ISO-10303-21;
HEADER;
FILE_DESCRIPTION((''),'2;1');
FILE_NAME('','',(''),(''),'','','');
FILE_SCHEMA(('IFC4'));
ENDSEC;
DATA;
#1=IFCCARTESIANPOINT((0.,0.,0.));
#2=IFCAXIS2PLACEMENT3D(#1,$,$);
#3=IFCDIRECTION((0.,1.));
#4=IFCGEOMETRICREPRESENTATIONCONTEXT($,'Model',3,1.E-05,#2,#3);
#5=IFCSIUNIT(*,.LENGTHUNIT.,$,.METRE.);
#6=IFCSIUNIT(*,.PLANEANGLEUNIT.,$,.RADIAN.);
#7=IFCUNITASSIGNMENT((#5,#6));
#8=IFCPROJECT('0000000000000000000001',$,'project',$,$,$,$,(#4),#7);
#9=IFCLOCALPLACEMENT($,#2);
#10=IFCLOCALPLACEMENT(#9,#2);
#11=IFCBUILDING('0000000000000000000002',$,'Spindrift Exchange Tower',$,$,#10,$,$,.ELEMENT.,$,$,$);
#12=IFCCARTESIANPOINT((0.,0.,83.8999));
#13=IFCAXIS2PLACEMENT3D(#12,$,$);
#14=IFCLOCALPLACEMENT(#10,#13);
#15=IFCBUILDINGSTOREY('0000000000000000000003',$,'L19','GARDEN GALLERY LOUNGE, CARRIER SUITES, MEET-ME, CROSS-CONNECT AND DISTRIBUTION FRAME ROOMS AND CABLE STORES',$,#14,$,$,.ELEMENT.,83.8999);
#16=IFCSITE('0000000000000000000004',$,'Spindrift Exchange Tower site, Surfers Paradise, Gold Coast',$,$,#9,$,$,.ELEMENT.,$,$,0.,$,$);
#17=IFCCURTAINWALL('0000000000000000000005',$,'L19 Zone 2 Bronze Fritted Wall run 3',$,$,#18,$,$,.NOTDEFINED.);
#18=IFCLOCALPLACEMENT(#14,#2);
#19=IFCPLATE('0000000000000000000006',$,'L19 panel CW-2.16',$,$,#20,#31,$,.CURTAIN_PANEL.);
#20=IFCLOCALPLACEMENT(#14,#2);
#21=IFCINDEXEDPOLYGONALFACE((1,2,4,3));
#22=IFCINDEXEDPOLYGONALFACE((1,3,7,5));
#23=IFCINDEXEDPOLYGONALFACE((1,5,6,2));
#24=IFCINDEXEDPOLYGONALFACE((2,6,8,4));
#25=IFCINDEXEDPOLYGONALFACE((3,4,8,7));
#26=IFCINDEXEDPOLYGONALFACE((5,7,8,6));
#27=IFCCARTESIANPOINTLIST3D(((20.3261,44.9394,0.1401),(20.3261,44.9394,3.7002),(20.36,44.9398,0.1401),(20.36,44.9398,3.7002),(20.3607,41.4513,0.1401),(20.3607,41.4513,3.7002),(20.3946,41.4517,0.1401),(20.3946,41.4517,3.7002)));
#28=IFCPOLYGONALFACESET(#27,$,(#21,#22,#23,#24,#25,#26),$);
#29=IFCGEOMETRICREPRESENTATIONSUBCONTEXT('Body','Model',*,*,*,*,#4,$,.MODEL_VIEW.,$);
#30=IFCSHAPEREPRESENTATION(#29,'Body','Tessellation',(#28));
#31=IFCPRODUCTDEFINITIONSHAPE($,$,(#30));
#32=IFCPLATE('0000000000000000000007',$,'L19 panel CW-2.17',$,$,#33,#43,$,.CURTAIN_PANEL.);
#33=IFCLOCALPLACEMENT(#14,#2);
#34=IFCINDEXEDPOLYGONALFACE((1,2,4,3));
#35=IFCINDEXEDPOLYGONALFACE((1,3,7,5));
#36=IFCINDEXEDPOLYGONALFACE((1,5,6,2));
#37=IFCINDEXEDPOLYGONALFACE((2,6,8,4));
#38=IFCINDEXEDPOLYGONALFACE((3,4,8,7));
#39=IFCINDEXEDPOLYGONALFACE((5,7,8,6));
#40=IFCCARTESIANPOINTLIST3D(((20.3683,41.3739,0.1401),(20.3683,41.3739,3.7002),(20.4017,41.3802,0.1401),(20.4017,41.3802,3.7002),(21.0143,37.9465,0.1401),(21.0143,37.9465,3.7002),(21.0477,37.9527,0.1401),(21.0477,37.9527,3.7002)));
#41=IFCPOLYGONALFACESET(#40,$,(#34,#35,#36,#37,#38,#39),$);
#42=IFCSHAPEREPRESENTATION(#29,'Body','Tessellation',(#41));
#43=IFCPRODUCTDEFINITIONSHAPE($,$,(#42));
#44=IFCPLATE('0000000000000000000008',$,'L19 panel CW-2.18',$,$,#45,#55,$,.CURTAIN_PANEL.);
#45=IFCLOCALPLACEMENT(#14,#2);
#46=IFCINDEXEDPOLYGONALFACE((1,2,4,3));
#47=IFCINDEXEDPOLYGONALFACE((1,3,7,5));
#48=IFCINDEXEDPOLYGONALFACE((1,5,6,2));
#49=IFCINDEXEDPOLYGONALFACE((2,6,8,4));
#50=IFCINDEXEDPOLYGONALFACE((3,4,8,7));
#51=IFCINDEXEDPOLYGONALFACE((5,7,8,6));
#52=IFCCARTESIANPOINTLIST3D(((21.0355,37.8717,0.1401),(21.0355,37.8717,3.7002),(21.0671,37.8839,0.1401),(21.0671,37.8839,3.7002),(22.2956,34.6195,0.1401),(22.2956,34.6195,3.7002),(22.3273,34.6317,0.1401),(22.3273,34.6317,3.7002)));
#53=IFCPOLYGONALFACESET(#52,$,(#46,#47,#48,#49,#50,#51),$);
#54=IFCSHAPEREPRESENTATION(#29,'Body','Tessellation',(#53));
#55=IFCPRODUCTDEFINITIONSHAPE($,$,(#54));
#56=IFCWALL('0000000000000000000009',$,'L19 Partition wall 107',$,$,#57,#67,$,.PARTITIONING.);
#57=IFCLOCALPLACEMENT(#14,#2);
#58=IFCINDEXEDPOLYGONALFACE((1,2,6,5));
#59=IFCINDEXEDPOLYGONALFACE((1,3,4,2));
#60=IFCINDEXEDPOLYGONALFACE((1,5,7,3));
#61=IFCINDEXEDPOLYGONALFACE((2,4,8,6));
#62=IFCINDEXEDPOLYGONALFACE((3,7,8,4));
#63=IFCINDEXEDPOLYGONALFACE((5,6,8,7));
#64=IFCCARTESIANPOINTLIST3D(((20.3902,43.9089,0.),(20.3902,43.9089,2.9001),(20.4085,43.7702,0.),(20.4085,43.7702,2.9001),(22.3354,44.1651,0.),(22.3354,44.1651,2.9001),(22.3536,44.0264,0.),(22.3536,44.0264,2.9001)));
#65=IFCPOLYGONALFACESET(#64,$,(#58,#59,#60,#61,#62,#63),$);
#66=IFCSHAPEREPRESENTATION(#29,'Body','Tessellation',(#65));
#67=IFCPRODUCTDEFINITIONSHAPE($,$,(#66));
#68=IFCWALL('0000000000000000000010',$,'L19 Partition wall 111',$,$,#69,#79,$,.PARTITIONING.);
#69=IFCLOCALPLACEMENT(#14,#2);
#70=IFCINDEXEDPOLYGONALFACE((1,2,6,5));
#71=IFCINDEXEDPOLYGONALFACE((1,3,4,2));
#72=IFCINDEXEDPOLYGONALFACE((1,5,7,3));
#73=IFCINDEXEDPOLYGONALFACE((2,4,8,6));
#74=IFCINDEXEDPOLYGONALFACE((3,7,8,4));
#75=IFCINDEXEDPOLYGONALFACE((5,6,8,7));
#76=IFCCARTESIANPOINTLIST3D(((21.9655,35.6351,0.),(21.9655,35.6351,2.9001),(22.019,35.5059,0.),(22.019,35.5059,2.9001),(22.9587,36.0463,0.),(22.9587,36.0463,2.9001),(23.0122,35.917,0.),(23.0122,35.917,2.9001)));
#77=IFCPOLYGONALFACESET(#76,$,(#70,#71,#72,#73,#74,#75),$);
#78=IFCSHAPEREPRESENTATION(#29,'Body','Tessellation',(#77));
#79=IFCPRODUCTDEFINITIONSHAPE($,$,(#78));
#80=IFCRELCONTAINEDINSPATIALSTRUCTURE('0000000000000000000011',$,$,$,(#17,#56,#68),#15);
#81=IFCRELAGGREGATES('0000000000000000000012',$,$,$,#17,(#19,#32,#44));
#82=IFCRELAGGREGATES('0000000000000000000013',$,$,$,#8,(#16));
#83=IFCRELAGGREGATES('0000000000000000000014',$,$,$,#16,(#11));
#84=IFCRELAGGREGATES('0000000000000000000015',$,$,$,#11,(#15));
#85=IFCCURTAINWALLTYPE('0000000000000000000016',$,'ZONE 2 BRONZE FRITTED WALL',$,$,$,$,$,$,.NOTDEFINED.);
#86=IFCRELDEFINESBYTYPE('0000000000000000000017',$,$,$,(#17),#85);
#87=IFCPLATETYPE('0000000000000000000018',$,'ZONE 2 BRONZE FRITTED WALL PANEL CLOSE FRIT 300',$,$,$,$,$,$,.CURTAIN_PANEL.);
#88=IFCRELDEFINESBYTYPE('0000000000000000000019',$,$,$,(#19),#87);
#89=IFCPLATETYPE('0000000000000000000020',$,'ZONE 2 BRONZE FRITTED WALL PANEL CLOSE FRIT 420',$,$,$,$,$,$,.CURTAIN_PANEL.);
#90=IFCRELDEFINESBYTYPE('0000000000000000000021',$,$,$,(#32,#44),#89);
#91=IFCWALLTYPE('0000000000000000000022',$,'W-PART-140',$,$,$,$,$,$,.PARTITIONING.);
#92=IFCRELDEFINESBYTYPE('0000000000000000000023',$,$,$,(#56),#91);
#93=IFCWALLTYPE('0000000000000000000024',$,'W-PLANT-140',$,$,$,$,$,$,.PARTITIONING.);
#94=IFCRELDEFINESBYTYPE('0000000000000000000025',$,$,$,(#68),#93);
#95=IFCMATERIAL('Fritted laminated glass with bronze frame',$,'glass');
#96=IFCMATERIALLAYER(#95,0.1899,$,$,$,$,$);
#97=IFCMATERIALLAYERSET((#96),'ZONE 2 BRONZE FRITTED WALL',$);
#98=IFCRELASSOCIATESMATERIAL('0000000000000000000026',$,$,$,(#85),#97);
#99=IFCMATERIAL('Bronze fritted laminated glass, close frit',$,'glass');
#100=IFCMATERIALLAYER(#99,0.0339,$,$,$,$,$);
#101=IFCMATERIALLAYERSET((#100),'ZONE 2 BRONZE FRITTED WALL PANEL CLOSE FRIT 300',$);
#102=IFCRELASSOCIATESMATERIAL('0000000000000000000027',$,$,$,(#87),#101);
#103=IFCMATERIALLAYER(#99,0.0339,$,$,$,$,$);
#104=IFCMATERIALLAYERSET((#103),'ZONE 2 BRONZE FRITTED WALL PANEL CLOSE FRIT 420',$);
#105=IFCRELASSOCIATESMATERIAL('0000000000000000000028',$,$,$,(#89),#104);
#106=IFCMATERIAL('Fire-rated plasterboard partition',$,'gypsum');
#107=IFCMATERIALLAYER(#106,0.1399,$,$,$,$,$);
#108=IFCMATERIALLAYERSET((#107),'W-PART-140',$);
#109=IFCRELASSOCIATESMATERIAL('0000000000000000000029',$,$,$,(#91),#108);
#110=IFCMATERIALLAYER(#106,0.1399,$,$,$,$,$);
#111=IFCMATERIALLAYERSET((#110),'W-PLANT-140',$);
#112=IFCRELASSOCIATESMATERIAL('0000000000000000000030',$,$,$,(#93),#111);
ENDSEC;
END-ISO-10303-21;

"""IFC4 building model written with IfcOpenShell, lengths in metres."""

from ifc_helpers import new_model, si_unit, direction, frame, frame_2d, origin, origin_2d, place, context, subcontext, project, spatial, rectangle, extrude, source, transform, mapped, material, layer, layer_set, type_object, element, aggregate, save


model = new_model("IFC4")

# Units and contexts
model_context = context("Model", 3, precision=1e-05, world=origin(), true_north=direction((0.0, 1.0)))
body_context = subcontext(model_context, "Body", "Model", "MODEL_VIEW")
ifc_project = project(units=[si_unit("LENGTHUNIT", "METRE"), si_unit("PLANEANGLEUNIT", "RADIAN")], contexts=[model_context])

# Site, building, storey
site_placement = place(None, origin())
site = spatial("IfcSite", under=ifc_project, at=site_placement, Name="Spindrift Exchange Tower site, Surfers Paradise, Gold Coast", CompositionType="ELEMENT", RefElevation=0.0)
building_placement = place(site_placement, origin())
building = spatial("IfcBuilding", under=site, at=building_placement, Name="Spindrift Exchange Tower", CompositionType="ELEMENT")
storey_placement = place(building_placement, frame((0.0, 0.0, 83.8999)))
storey = spatial("IfcBuildingStorey", under=building, at=storey_placement, Name="L19", Description="GARDEN GALLERY LOUNGE, CARRIER SUITES, MEET-ME, CROSS-CONNECT AND DISTRIBUTION FRAME ROOMS AND CABLE STORES", CompositionType="ELEMENT", Elevation=83.8999)

# Curtain wall, plates
ifc_material_1 = material(Name="Fritted laminated glass with bronze frame", Category="glass")
ifc_layer_1 = layer(ifc_material_1, 0.1899)
ifc_layer_set_1 = layer_set([ifc_layer_1], Name="ZONE 2 BRONZE FRITTED WALL")
curtain_wall_type = type_object("IfcCurtainWallType", Name="ZONE 2 BRONZE FRITTED WALL", PredefinedType="NOTDEFINED", material=ifc_layer_set_1)
curtain_wall_placement = place(storey_placement, origin())
curtain_wall = element("IfcCurtainWall", 1, at=curtain_wall_placement, inside=storey, type_object=curtain_wall_type, Name="L19 Zone 2 Bronze Fritted Wall run 3", PredefinedType="NOTDEFINED")
ifc_material_2 = material(Name="Bronze fritted laminated glass, close frit", Category="glass")
ifc_layer_2 = layer(ifc_material_2, 0.0339)
ifc_layer_set_2 = layer_set([ifc_layer_2], Name="ZONE 2 BRONZE FRITTED WALL PANEL CLOSE FRIT 300")
plate_type_1 = type_object("IfcPlateType", Name="ZONE 2 BRONZE FRITTED WALL PANEL CLOSE FRIT 300", PredefinedType="CURTAIN_PANEL", material=ifc_layer_set_2)
shared_shape_1 = source(origin(), body_context, "Body", "SweptSolid", [
    extrude(rectangle(XDim=3.4883, YDim=0.0339, at=origin_2d()), origin(), (0.0, 0.0, 1.0), 3.5601),
])
plate_1_placement = place(storey_placement, frame((20.3604, 43.1956, 0.1401), z_axis=(0.0, 0.0, 1.0), x_axis=(0.009934, -0.999951, 0.0)))
plate_1 = element("IfcPlate", 2, at=plate_1_placement, type_object=plate_type_1, Name="L19 panel CW-2.16", PredefinedType="CURTAIN_PANEL", context=body_context, shape_type="MappedRepresentation", body=[
    mapped(shared_shape_1, transform((0.0, 0.0, 0.0), scale=1.0)),
])
ifc_layer_3 = layer(ifc_material_2, 0.0339)
ifc_layer_set_3 = layer_set([ifc_layer_3], Name="ZONE 2 BRONZE FRITTED WALL PANEL CLOSE FRIT 420")
plate_type_2 = type_object("IfcPlateType", Name="ZONE 2 BRONZE FRITTED WALL PANEL CLOSE FRIT 420", PredefinedType="CURTAIN_PANEL", material=ifc_layer_set_3)
shared_shape_2 = source(origin(), body_context, "Body", "SweptSolid", [
    extrude(rectangle(XDim=3.4878, YDim=0.0339, at=origin_2d()), origin(), (0.0, 0.0, 1.0), 3.5601),
])
plate_2_placement = place(storey_placement, frame((20.708, 39.6633, 0.1401), z_axis=(0.0, 0.0, 1.0), x_axis=(0.185212, -0.982699, 0.0)))
plate_2 = element("IfcPlate", 3, at=plate_2_placement, type_object=plate_type_2, Name="L19 panel CW-2.17", PredefinedType="CURTAIN_PANEL", context=body_context, shape_type="MappedRepresentation", body=[
    mapped(shared_shape_2, transform((0.0, 0.0, 0.0), scale=1.0)),
])
plate_3_placement = place(storey_placement, frame((21.6814, 36.2517, 0.1401), z_axis=(0.0, 0.0, 1.0), x_axis=(0.361302, -0.932449, 0.0)))
plate_3 = element("IfcPlate", 4, at=plate_3_placement, type_object=plate_type_2, Name="L19 panel CW-2.18", PredefinedType="CURTAIN_PANEL", context=body_context, shape_type="MappedRepresentation", body=[
    mapped(shared_shape_2, transform((0.0, 0.0, 0.0), scale=1.0)),
])
aggregate(curtain_wall, [plate_1, plate_2, plate_3])

# Walls
ifc_material_3 = material(Name="Fire-rated plasterboard partition", Category="gypsum")
ifc_layer_4 = layer(ifc_material_3, 0.1399)
ifc_layer_set_4 = layer_set([ifc_layer_4], Name="W-PART-140")
wall_type_1 = type_object("IfcWallType", Name="W-PART-140", PredefinedType="PARTITIONING", material=ifc_layer_set_4)
wall_1_placement = place(storey_placement, frame((22.3445, 44.0957, 0.0), z_axis=(0.0, 0.0, 1.0), x_axis=(-0.991443, -0.130541, 0.0)))
element("IfcWall", 5, at=wall_1_placement, inside=storey, type_object=wall_type_1, Name="L19 Partition wall 107", PredefinedType="PARTITIONING", context=body_context, shape_type="SweptSolid", body=[
    extrude(rectangle(XDim=1.9619, YDim=0.1399, at=frame_2d((0.981, 0.0))), origin(), (0.0, 0.0, 1.0), 2.9001),
])
ifc_layer_5 = layer(ifc_material_3, 0.1399)
ifc_layer_set_5 = layer_set([ifc_layer_5], Name="W-PLANT-140")
wall_type_2 = type_object("IfcWallType", Name="W-PLANT-140", PredefinedType="PARTITIONING", material=ifc_layer_set_5)
wall_2_placement = place(storey_placement, frame((22.9856, 35.9817, 0.0), z_axis=(0.0, 0.0, 1.0), x_axis=(-0.923961, -0.382486, 0.0)))
element("IfcWall", 6, at=wall_2_placement, inside=storey, type_object=wall_type_2, Name="L19 Partition wall 111", PredefinedType="PARTITIONING", context=body_context, shape_type="SweptSolid", body=[
    extrude(rectangle(XDim=1.075, YDim=0.1399, at=frame_2d((0.5376, 0.0))), origin(), (0.0, 0.0, 1.0), 2.9001),
])

save(model, "model.ifc")
